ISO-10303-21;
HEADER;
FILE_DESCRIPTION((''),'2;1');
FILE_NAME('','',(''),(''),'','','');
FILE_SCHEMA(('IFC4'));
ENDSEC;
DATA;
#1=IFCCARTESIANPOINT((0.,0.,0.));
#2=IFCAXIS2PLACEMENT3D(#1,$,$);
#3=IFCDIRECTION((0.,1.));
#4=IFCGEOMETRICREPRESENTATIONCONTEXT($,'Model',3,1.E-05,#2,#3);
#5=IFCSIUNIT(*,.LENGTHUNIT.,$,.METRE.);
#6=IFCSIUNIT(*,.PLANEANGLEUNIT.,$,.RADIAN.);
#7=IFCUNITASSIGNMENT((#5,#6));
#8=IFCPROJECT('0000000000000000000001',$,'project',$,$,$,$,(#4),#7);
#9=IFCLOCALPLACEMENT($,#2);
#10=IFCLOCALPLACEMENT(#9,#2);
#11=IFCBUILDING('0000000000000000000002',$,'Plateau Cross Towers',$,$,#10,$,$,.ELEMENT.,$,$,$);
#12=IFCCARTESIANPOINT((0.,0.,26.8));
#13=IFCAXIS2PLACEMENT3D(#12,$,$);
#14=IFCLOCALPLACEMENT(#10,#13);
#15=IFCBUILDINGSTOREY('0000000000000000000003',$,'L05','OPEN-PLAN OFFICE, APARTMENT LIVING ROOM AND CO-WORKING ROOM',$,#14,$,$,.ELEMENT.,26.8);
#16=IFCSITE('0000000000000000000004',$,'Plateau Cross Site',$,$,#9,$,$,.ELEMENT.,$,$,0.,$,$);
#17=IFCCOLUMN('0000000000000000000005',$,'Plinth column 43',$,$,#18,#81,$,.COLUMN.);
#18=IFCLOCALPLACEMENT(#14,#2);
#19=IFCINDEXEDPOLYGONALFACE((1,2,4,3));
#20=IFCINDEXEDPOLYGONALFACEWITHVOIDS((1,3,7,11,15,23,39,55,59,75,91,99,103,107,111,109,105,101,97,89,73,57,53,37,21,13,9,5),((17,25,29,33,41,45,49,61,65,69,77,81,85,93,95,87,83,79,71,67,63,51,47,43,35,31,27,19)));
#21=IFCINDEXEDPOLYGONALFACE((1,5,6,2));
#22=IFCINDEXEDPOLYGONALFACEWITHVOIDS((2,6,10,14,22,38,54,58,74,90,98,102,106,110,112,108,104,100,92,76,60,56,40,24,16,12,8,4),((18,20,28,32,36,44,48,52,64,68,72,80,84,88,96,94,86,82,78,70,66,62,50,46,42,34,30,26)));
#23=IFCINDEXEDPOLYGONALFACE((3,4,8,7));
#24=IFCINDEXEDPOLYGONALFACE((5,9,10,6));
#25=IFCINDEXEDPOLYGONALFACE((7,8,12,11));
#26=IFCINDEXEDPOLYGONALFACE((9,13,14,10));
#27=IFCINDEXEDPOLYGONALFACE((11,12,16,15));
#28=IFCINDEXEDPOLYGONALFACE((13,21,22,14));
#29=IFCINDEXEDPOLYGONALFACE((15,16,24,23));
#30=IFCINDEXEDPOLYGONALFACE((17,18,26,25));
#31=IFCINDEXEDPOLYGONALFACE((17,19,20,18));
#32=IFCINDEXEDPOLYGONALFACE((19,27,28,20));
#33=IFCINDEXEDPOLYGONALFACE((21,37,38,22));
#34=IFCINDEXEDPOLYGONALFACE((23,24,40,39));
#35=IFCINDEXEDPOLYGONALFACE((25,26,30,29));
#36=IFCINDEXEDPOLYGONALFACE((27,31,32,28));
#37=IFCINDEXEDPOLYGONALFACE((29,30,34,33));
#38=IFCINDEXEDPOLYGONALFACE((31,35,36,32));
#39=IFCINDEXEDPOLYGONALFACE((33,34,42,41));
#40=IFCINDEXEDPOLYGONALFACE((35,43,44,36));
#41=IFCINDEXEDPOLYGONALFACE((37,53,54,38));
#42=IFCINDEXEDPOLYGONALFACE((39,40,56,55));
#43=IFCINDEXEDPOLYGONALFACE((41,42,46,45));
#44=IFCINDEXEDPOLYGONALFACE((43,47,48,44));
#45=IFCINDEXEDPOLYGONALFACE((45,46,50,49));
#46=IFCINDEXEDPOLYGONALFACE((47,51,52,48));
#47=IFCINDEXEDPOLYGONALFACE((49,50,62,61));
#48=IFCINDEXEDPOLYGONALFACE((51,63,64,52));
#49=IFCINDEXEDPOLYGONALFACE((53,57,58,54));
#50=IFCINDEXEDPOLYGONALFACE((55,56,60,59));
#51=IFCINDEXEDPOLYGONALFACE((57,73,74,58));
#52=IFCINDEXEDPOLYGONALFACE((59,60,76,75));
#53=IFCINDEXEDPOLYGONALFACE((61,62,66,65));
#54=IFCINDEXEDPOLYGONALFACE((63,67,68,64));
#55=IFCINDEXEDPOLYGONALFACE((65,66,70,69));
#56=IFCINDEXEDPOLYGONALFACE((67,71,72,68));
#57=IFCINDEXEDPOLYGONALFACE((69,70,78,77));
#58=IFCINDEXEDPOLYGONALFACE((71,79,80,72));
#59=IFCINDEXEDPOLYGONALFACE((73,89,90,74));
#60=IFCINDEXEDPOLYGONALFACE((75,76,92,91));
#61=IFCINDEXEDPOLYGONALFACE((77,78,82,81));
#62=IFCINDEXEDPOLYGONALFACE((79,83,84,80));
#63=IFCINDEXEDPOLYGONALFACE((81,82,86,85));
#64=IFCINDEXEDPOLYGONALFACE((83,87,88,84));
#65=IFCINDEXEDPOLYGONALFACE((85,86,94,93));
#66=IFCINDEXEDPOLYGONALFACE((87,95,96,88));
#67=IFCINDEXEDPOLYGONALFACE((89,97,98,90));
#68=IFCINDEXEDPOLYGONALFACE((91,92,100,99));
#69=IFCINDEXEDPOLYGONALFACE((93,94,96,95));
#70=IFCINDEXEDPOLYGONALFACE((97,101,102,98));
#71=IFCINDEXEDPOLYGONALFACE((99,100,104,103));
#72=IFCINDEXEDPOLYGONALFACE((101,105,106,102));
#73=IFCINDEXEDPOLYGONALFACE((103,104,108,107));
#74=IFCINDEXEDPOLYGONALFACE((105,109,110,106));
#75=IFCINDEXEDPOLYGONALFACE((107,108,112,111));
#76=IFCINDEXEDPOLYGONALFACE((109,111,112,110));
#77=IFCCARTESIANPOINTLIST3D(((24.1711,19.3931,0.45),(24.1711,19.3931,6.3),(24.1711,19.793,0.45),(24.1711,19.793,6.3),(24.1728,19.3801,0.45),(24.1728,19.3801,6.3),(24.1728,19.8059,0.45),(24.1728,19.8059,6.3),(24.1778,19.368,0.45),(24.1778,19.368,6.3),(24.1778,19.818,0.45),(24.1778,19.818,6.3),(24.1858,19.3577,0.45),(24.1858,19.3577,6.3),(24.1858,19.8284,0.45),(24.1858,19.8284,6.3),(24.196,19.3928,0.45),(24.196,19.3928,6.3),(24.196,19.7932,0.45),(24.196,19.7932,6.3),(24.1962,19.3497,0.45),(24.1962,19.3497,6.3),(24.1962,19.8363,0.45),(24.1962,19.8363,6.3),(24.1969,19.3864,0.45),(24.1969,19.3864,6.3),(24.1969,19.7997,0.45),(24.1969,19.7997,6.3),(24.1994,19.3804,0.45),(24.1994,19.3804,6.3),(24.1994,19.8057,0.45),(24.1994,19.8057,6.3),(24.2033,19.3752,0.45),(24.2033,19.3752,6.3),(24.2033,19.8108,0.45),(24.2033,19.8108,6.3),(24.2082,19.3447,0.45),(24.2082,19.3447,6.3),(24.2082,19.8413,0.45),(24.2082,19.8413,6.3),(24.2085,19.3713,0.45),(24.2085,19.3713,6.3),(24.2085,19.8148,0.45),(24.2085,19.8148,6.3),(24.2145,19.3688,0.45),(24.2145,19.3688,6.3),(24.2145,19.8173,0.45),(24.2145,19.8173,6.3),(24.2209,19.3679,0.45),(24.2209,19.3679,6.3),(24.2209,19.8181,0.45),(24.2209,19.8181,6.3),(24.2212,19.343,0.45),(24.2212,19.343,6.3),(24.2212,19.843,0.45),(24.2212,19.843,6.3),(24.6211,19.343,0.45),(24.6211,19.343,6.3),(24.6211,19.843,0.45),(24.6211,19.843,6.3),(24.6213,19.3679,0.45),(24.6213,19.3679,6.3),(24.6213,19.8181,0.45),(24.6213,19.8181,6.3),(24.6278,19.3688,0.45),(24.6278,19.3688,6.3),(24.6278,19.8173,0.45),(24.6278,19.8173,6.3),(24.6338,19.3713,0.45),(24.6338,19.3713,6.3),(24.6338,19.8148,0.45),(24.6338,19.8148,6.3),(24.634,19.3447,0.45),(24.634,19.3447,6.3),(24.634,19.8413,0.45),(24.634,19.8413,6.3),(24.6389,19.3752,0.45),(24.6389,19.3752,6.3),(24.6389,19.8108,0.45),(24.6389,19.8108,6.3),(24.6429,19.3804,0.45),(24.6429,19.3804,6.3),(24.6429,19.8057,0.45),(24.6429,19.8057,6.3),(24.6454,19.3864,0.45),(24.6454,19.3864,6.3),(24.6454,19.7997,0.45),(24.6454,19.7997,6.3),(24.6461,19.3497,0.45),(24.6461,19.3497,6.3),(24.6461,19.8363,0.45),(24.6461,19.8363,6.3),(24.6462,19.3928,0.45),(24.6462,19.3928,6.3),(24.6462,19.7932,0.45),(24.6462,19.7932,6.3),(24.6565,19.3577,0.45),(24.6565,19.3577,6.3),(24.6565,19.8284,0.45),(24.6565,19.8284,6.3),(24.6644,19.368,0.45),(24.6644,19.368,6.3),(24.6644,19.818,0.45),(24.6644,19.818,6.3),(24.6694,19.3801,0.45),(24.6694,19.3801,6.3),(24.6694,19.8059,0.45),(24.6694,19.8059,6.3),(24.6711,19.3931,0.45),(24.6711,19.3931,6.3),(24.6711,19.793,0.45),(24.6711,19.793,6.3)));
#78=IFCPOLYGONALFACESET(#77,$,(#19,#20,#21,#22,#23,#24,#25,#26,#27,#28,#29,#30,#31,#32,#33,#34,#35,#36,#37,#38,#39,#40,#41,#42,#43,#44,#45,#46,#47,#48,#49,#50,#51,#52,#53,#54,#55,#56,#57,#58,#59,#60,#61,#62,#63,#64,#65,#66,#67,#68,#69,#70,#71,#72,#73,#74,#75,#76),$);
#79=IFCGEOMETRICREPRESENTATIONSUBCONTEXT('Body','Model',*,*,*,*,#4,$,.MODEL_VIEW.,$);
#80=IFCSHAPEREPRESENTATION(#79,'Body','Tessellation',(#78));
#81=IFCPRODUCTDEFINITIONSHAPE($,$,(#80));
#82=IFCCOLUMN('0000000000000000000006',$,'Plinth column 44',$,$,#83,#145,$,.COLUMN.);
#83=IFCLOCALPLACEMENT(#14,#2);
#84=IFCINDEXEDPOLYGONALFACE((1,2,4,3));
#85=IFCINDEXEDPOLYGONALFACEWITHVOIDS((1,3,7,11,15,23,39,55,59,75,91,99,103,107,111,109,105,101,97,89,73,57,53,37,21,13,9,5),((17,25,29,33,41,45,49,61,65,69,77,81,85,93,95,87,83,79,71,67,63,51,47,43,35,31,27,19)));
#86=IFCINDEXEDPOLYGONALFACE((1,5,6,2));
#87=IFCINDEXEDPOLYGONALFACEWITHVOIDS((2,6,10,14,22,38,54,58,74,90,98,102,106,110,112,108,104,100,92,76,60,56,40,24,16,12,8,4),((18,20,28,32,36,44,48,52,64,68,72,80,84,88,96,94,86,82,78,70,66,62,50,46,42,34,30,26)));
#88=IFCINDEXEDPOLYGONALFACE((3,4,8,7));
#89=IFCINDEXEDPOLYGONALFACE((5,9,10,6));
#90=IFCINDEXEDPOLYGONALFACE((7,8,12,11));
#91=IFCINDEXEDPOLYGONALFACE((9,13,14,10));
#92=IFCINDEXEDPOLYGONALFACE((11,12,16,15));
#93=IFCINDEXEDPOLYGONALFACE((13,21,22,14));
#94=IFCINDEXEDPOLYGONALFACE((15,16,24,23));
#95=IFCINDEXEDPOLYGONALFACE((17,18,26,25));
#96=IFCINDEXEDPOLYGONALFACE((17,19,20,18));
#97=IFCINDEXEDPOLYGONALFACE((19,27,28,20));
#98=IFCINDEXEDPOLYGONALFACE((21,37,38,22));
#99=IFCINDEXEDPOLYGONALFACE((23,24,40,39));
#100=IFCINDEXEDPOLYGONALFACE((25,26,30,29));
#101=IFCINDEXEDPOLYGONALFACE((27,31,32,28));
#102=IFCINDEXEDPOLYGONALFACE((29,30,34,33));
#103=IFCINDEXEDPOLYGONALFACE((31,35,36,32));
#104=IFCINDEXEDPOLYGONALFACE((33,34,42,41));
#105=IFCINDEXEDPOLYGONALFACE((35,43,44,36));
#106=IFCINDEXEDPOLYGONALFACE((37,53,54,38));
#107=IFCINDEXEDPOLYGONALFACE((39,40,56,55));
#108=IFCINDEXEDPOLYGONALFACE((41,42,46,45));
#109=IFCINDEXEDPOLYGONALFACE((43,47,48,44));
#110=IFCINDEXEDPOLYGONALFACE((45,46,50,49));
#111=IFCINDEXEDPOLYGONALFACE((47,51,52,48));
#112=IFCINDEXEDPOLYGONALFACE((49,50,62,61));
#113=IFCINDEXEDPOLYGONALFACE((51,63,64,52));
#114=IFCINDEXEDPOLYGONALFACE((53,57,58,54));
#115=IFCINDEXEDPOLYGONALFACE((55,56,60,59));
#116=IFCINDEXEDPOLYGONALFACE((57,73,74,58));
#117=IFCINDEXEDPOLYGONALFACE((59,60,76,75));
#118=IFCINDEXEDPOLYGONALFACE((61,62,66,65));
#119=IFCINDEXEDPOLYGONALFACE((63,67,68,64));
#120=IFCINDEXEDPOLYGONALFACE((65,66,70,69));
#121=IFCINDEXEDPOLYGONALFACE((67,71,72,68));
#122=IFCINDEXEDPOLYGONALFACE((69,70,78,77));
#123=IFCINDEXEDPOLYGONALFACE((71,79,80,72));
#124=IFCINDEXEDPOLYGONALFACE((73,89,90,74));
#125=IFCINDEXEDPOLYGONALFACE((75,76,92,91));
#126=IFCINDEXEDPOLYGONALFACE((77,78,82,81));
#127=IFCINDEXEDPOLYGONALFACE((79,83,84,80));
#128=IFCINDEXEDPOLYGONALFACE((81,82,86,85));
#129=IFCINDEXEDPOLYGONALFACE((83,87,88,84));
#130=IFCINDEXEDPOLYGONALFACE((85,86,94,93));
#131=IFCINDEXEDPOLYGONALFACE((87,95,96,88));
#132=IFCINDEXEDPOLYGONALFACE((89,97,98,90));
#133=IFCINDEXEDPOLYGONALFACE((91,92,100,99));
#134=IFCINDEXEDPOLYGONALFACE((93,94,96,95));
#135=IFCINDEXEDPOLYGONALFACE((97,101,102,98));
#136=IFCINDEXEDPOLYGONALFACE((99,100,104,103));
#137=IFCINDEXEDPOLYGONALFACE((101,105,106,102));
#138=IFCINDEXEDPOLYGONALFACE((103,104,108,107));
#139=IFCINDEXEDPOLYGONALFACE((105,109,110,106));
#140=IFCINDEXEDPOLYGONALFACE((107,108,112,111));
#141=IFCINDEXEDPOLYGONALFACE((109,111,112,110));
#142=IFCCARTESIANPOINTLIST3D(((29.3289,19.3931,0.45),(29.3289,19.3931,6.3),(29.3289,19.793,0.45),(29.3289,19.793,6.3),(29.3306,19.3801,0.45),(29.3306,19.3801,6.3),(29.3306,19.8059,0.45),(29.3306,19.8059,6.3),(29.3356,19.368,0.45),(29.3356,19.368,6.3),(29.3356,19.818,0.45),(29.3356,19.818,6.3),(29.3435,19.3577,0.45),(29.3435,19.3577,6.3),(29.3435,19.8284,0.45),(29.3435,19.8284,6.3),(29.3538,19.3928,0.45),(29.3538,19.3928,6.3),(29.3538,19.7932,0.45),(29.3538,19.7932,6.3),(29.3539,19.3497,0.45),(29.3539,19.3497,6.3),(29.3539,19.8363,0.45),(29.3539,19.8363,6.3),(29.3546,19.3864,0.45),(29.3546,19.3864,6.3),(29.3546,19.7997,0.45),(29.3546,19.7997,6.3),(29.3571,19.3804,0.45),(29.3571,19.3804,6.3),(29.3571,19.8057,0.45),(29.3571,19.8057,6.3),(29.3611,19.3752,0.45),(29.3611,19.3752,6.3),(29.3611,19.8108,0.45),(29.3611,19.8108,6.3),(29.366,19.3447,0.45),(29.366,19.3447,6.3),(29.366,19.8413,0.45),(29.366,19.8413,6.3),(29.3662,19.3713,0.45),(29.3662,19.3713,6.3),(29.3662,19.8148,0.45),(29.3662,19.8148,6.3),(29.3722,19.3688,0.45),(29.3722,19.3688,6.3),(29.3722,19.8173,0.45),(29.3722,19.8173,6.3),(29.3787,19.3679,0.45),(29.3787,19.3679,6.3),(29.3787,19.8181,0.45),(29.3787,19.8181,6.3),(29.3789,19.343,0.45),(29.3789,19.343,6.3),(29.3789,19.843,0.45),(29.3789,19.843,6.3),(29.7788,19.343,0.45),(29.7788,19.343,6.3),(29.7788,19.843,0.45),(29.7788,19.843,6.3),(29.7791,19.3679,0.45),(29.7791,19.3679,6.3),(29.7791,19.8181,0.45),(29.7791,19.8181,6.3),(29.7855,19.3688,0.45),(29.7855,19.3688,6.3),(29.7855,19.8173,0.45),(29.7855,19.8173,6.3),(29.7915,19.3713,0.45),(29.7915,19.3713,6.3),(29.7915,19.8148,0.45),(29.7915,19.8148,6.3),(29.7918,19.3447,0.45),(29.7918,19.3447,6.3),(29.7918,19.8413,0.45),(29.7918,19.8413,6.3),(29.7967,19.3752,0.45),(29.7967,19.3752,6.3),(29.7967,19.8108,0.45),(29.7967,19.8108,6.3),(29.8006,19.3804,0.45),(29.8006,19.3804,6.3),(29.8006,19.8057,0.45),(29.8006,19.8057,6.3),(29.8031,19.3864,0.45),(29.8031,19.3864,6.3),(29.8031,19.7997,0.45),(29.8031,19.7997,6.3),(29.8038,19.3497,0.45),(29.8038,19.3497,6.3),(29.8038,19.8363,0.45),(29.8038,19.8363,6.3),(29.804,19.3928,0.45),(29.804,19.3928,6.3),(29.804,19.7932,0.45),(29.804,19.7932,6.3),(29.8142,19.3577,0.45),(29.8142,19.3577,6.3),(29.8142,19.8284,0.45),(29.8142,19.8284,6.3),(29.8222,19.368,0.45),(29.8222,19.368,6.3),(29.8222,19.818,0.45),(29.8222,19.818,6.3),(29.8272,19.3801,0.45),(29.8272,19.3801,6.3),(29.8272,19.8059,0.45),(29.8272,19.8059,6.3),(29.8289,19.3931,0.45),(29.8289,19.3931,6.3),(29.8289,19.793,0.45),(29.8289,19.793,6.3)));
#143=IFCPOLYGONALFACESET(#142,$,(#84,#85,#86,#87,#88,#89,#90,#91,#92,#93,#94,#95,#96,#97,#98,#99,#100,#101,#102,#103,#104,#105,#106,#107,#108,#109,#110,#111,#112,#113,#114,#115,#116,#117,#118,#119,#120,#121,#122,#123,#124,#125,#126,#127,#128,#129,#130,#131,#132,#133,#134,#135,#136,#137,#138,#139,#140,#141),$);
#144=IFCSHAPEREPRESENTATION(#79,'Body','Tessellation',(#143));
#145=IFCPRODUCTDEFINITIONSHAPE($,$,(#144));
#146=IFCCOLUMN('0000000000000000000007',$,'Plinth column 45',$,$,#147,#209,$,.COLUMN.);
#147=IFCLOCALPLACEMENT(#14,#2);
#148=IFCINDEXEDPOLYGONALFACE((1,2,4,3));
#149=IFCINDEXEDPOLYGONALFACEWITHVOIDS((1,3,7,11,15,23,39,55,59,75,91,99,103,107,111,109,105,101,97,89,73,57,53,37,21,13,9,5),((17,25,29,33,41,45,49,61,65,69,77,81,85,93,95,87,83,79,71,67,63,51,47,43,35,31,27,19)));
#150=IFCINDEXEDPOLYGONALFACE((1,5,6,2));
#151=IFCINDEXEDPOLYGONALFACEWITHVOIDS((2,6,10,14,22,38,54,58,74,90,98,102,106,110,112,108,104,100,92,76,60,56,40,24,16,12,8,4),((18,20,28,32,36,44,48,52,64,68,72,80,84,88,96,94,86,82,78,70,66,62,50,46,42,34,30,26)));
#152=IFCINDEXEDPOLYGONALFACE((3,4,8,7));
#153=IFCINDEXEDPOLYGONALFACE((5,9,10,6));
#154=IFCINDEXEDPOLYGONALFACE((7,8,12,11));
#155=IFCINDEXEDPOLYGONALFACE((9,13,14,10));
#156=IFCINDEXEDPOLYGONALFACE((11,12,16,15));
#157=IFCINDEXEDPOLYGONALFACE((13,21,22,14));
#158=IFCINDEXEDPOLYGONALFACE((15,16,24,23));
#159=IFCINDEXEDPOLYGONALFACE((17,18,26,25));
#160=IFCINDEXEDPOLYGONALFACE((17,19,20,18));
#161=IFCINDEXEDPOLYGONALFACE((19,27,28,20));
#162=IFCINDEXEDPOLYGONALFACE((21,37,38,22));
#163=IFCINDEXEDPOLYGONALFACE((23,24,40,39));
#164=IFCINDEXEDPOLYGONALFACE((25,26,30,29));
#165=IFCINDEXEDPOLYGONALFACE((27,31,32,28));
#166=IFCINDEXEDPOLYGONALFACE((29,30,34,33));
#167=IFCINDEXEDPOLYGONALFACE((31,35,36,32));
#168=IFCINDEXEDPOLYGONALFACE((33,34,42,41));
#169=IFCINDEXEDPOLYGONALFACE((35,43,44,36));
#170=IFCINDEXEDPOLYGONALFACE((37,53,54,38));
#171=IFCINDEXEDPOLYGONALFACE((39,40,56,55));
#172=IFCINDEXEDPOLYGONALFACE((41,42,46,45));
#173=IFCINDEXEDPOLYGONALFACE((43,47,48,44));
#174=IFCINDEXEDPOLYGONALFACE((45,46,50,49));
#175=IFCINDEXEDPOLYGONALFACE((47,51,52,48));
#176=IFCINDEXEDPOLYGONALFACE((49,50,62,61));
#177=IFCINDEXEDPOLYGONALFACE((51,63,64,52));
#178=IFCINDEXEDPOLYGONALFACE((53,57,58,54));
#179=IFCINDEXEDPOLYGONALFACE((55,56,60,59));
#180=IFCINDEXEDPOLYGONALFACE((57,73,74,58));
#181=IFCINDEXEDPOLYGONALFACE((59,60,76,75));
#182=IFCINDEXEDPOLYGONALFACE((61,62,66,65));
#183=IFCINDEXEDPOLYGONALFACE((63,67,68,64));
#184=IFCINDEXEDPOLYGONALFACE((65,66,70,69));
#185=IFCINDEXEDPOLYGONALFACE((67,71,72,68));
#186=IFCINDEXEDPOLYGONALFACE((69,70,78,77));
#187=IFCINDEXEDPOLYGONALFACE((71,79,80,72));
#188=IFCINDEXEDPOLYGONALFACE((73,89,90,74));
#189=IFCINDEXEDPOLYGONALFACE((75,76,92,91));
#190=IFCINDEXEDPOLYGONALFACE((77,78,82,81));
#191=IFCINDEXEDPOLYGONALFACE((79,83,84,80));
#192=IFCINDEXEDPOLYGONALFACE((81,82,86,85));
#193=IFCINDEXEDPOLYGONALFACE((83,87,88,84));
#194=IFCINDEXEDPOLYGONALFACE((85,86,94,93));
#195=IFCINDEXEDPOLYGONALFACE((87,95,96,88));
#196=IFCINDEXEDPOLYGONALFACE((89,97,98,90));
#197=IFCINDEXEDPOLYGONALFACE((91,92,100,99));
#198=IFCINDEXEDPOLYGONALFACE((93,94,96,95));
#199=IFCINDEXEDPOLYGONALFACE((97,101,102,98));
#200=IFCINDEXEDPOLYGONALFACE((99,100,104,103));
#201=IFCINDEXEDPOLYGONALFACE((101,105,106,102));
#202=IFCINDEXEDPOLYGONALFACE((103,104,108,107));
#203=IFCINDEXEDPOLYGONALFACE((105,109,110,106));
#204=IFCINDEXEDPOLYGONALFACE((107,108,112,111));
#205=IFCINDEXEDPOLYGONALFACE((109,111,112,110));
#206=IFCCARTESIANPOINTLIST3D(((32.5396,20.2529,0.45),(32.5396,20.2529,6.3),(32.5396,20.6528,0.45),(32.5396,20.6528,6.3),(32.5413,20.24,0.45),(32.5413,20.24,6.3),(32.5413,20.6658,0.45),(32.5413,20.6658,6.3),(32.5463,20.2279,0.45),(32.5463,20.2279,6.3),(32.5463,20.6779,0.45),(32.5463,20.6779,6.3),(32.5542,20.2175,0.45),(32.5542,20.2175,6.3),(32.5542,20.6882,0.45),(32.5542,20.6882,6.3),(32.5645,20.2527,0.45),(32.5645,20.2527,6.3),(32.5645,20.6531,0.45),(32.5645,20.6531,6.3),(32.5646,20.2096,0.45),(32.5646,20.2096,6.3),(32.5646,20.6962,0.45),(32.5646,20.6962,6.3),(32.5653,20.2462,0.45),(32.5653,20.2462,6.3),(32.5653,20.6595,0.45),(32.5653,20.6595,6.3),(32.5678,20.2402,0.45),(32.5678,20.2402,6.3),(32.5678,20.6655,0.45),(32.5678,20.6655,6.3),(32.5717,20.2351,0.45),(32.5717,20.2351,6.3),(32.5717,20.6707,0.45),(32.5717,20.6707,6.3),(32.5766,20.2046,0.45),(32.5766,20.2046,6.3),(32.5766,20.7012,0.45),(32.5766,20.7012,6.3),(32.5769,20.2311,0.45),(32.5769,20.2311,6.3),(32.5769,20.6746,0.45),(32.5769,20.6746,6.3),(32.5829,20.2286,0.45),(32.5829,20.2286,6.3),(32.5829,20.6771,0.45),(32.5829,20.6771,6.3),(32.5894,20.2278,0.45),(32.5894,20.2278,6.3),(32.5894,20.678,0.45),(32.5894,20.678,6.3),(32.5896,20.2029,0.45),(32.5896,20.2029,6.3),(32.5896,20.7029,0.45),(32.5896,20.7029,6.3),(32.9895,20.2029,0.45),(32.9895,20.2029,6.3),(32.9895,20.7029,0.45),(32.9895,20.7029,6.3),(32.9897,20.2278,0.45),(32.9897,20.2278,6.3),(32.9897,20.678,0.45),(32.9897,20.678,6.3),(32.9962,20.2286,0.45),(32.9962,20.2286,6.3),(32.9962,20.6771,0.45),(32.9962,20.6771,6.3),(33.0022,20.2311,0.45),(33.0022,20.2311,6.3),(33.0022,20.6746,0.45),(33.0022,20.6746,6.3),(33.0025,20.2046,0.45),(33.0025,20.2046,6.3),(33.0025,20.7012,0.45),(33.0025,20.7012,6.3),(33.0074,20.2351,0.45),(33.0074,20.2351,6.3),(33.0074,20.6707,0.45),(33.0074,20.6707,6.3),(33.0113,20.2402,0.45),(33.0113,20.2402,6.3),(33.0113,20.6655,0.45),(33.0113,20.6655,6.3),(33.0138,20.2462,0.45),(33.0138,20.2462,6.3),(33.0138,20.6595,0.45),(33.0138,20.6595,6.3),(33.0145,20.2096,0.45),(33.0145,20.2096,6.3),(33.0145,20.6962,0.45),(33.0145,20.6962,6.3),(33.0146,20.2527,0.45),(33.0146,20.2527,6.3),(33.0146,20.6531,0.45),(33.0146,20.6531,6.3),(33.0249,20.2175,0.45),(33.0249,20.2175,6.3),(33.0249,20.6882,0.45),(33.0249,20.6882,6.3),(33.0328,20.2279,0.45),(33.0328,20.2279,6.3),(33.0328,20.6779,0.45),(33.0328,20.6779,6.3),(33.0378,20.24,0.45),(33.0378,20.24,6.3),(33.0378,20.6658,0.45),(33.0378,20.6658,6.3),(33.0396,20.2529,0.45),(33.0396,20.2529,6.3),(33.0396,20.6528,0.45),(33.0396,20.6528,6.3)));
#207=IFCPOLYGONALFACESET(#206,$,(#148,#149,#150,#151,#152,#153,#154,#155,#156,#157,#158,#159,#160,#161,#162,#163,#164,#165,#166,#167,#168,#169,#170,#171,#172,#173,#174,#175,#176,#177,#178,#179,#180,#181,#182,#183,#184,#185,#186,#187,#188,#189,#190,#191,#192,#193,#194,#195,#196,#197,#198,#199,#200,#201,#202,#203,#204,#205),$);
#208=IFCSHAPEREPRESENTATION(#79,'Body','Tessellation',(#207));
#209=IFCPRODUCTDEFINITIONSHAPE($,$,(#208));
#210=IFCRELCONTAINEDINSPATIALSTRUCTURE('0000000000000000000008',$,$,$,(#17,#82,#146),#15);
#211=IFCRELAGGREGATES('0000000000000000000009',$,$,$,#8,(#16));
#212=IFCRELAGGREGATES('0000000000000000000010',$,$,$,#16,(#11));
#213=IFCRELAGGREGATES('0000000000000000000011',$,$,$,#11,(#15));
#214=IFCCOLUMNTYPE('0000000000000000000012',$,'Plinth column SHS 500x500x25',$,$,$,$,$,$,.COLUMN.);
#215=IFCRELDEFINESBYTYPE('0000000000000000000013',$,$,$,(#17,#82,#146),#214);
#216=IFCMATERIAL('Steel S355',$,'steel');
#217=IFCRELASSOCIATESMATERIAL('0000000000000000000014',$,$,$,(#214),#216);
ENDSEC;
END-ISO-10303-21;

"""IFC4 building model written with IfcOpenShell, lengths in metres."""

from ifc_helpers import new_model, si_unit, direction, frame, origin, origin_2d, place, context, subcontext, project, spatial, hollow_rectangle, extrude, material, material_profile, profile_set, type_object, element, save


model = new_model("IFC4")

# Units and contexts
model_context = context("Model", 3, precision=1e-05, world=origin(), true_north=direction((0.0, 1.0)))
body_context = subcontext(model_context, "Body", "Model", "MODEL_VIEW")
ifc_project = project(units=[si_unit("LENGTHUNIT", "METRE"), si_unit("PLANEANGLEUNIT", "RADIAN")], contexts=[model_context])

# Site, building, storey
site_placement = place(None, origin())
site = spatial("IfcSite", under=ifc_project, at=site_placement, Name="Plateau Cross Site", CompositionType="ELEMENT", RefElevation=0.0)
building_placement = place(site_placement, origin())
building = spatial("IfcBuilding", under=site, at=building_placement, Name="Plateau Cross Towers", CompositionType="ELEMENT")
storey_placement = place(building_placement, frame((0.0, 0.0, 26.8)))
storey = spatial("IfcBuildingStorey", under=building, at=storey_placement, Name="L05", Description="OPEN-PLAN OFFICE, APARTMENT LIVING ROOM AND CO-WORKING ROOM", CompositionType="ELEMENT", Elevation=26.8)

# Columns
ifc_material_1 = material(Name="Steel S355", Category="steel")
ifc_material_profile_1 = material_profile(ifc_material_1, hollow_rectangle(XDim=0.5, YDim=0.5, WallThickness=0.0249, InnerFilletRadius=0.0249, OuterFilletRadius=0.05, at=origin_2d()), Name="SHS 500x500x25")
ifc_profile_set_1 = profile_set([ifc_material_profile_1], Name="Steel S355")
column_type_1 = type_object("IfcColumnType", Name="Plinth column SHS 500x500x25", PredefinedType="COLUMN", material=ifc_profile_set_1)
for number, where, z_axis, x_axis, name in (
    (1, (24.4211, 19.593, 0.45), (0.0, 0.0, 1.0), (1.0, 0.0, 0.0), "Plinth column 43"),
    (2, (29.5789, 19.593, 0.45), (0.0, 0.0, 1.0), (1.0, 0.0, 0.0), "Plinth column 44"),
    (3, (32.7896, 20.4529, 0.45), (0.0, 0.0, 1.0), (1.0, 0.0, 0.0), "Plinth column 45"),
):
    element("IfcColumn", number, at=place(storey_placement, frame(where, z_axis=z_axis, x_axis=x_axis)), inside=storey, type_object=column_type_1, Name=name, PredefinedType="COLUMN", context=body_context, shape_type="SweptSolid", body=[
        extrude(hollow_rectangle(XDim=0.5, YDim=0.5, WallThickness=0.0249, InnerFilletRadius=0.0249, OuterFilletRadius=0.05, at=origin_2d()), origin(), (0.0, 0.0, 1.0), 5.8501),
    ])

save(model, "model.ifc")
